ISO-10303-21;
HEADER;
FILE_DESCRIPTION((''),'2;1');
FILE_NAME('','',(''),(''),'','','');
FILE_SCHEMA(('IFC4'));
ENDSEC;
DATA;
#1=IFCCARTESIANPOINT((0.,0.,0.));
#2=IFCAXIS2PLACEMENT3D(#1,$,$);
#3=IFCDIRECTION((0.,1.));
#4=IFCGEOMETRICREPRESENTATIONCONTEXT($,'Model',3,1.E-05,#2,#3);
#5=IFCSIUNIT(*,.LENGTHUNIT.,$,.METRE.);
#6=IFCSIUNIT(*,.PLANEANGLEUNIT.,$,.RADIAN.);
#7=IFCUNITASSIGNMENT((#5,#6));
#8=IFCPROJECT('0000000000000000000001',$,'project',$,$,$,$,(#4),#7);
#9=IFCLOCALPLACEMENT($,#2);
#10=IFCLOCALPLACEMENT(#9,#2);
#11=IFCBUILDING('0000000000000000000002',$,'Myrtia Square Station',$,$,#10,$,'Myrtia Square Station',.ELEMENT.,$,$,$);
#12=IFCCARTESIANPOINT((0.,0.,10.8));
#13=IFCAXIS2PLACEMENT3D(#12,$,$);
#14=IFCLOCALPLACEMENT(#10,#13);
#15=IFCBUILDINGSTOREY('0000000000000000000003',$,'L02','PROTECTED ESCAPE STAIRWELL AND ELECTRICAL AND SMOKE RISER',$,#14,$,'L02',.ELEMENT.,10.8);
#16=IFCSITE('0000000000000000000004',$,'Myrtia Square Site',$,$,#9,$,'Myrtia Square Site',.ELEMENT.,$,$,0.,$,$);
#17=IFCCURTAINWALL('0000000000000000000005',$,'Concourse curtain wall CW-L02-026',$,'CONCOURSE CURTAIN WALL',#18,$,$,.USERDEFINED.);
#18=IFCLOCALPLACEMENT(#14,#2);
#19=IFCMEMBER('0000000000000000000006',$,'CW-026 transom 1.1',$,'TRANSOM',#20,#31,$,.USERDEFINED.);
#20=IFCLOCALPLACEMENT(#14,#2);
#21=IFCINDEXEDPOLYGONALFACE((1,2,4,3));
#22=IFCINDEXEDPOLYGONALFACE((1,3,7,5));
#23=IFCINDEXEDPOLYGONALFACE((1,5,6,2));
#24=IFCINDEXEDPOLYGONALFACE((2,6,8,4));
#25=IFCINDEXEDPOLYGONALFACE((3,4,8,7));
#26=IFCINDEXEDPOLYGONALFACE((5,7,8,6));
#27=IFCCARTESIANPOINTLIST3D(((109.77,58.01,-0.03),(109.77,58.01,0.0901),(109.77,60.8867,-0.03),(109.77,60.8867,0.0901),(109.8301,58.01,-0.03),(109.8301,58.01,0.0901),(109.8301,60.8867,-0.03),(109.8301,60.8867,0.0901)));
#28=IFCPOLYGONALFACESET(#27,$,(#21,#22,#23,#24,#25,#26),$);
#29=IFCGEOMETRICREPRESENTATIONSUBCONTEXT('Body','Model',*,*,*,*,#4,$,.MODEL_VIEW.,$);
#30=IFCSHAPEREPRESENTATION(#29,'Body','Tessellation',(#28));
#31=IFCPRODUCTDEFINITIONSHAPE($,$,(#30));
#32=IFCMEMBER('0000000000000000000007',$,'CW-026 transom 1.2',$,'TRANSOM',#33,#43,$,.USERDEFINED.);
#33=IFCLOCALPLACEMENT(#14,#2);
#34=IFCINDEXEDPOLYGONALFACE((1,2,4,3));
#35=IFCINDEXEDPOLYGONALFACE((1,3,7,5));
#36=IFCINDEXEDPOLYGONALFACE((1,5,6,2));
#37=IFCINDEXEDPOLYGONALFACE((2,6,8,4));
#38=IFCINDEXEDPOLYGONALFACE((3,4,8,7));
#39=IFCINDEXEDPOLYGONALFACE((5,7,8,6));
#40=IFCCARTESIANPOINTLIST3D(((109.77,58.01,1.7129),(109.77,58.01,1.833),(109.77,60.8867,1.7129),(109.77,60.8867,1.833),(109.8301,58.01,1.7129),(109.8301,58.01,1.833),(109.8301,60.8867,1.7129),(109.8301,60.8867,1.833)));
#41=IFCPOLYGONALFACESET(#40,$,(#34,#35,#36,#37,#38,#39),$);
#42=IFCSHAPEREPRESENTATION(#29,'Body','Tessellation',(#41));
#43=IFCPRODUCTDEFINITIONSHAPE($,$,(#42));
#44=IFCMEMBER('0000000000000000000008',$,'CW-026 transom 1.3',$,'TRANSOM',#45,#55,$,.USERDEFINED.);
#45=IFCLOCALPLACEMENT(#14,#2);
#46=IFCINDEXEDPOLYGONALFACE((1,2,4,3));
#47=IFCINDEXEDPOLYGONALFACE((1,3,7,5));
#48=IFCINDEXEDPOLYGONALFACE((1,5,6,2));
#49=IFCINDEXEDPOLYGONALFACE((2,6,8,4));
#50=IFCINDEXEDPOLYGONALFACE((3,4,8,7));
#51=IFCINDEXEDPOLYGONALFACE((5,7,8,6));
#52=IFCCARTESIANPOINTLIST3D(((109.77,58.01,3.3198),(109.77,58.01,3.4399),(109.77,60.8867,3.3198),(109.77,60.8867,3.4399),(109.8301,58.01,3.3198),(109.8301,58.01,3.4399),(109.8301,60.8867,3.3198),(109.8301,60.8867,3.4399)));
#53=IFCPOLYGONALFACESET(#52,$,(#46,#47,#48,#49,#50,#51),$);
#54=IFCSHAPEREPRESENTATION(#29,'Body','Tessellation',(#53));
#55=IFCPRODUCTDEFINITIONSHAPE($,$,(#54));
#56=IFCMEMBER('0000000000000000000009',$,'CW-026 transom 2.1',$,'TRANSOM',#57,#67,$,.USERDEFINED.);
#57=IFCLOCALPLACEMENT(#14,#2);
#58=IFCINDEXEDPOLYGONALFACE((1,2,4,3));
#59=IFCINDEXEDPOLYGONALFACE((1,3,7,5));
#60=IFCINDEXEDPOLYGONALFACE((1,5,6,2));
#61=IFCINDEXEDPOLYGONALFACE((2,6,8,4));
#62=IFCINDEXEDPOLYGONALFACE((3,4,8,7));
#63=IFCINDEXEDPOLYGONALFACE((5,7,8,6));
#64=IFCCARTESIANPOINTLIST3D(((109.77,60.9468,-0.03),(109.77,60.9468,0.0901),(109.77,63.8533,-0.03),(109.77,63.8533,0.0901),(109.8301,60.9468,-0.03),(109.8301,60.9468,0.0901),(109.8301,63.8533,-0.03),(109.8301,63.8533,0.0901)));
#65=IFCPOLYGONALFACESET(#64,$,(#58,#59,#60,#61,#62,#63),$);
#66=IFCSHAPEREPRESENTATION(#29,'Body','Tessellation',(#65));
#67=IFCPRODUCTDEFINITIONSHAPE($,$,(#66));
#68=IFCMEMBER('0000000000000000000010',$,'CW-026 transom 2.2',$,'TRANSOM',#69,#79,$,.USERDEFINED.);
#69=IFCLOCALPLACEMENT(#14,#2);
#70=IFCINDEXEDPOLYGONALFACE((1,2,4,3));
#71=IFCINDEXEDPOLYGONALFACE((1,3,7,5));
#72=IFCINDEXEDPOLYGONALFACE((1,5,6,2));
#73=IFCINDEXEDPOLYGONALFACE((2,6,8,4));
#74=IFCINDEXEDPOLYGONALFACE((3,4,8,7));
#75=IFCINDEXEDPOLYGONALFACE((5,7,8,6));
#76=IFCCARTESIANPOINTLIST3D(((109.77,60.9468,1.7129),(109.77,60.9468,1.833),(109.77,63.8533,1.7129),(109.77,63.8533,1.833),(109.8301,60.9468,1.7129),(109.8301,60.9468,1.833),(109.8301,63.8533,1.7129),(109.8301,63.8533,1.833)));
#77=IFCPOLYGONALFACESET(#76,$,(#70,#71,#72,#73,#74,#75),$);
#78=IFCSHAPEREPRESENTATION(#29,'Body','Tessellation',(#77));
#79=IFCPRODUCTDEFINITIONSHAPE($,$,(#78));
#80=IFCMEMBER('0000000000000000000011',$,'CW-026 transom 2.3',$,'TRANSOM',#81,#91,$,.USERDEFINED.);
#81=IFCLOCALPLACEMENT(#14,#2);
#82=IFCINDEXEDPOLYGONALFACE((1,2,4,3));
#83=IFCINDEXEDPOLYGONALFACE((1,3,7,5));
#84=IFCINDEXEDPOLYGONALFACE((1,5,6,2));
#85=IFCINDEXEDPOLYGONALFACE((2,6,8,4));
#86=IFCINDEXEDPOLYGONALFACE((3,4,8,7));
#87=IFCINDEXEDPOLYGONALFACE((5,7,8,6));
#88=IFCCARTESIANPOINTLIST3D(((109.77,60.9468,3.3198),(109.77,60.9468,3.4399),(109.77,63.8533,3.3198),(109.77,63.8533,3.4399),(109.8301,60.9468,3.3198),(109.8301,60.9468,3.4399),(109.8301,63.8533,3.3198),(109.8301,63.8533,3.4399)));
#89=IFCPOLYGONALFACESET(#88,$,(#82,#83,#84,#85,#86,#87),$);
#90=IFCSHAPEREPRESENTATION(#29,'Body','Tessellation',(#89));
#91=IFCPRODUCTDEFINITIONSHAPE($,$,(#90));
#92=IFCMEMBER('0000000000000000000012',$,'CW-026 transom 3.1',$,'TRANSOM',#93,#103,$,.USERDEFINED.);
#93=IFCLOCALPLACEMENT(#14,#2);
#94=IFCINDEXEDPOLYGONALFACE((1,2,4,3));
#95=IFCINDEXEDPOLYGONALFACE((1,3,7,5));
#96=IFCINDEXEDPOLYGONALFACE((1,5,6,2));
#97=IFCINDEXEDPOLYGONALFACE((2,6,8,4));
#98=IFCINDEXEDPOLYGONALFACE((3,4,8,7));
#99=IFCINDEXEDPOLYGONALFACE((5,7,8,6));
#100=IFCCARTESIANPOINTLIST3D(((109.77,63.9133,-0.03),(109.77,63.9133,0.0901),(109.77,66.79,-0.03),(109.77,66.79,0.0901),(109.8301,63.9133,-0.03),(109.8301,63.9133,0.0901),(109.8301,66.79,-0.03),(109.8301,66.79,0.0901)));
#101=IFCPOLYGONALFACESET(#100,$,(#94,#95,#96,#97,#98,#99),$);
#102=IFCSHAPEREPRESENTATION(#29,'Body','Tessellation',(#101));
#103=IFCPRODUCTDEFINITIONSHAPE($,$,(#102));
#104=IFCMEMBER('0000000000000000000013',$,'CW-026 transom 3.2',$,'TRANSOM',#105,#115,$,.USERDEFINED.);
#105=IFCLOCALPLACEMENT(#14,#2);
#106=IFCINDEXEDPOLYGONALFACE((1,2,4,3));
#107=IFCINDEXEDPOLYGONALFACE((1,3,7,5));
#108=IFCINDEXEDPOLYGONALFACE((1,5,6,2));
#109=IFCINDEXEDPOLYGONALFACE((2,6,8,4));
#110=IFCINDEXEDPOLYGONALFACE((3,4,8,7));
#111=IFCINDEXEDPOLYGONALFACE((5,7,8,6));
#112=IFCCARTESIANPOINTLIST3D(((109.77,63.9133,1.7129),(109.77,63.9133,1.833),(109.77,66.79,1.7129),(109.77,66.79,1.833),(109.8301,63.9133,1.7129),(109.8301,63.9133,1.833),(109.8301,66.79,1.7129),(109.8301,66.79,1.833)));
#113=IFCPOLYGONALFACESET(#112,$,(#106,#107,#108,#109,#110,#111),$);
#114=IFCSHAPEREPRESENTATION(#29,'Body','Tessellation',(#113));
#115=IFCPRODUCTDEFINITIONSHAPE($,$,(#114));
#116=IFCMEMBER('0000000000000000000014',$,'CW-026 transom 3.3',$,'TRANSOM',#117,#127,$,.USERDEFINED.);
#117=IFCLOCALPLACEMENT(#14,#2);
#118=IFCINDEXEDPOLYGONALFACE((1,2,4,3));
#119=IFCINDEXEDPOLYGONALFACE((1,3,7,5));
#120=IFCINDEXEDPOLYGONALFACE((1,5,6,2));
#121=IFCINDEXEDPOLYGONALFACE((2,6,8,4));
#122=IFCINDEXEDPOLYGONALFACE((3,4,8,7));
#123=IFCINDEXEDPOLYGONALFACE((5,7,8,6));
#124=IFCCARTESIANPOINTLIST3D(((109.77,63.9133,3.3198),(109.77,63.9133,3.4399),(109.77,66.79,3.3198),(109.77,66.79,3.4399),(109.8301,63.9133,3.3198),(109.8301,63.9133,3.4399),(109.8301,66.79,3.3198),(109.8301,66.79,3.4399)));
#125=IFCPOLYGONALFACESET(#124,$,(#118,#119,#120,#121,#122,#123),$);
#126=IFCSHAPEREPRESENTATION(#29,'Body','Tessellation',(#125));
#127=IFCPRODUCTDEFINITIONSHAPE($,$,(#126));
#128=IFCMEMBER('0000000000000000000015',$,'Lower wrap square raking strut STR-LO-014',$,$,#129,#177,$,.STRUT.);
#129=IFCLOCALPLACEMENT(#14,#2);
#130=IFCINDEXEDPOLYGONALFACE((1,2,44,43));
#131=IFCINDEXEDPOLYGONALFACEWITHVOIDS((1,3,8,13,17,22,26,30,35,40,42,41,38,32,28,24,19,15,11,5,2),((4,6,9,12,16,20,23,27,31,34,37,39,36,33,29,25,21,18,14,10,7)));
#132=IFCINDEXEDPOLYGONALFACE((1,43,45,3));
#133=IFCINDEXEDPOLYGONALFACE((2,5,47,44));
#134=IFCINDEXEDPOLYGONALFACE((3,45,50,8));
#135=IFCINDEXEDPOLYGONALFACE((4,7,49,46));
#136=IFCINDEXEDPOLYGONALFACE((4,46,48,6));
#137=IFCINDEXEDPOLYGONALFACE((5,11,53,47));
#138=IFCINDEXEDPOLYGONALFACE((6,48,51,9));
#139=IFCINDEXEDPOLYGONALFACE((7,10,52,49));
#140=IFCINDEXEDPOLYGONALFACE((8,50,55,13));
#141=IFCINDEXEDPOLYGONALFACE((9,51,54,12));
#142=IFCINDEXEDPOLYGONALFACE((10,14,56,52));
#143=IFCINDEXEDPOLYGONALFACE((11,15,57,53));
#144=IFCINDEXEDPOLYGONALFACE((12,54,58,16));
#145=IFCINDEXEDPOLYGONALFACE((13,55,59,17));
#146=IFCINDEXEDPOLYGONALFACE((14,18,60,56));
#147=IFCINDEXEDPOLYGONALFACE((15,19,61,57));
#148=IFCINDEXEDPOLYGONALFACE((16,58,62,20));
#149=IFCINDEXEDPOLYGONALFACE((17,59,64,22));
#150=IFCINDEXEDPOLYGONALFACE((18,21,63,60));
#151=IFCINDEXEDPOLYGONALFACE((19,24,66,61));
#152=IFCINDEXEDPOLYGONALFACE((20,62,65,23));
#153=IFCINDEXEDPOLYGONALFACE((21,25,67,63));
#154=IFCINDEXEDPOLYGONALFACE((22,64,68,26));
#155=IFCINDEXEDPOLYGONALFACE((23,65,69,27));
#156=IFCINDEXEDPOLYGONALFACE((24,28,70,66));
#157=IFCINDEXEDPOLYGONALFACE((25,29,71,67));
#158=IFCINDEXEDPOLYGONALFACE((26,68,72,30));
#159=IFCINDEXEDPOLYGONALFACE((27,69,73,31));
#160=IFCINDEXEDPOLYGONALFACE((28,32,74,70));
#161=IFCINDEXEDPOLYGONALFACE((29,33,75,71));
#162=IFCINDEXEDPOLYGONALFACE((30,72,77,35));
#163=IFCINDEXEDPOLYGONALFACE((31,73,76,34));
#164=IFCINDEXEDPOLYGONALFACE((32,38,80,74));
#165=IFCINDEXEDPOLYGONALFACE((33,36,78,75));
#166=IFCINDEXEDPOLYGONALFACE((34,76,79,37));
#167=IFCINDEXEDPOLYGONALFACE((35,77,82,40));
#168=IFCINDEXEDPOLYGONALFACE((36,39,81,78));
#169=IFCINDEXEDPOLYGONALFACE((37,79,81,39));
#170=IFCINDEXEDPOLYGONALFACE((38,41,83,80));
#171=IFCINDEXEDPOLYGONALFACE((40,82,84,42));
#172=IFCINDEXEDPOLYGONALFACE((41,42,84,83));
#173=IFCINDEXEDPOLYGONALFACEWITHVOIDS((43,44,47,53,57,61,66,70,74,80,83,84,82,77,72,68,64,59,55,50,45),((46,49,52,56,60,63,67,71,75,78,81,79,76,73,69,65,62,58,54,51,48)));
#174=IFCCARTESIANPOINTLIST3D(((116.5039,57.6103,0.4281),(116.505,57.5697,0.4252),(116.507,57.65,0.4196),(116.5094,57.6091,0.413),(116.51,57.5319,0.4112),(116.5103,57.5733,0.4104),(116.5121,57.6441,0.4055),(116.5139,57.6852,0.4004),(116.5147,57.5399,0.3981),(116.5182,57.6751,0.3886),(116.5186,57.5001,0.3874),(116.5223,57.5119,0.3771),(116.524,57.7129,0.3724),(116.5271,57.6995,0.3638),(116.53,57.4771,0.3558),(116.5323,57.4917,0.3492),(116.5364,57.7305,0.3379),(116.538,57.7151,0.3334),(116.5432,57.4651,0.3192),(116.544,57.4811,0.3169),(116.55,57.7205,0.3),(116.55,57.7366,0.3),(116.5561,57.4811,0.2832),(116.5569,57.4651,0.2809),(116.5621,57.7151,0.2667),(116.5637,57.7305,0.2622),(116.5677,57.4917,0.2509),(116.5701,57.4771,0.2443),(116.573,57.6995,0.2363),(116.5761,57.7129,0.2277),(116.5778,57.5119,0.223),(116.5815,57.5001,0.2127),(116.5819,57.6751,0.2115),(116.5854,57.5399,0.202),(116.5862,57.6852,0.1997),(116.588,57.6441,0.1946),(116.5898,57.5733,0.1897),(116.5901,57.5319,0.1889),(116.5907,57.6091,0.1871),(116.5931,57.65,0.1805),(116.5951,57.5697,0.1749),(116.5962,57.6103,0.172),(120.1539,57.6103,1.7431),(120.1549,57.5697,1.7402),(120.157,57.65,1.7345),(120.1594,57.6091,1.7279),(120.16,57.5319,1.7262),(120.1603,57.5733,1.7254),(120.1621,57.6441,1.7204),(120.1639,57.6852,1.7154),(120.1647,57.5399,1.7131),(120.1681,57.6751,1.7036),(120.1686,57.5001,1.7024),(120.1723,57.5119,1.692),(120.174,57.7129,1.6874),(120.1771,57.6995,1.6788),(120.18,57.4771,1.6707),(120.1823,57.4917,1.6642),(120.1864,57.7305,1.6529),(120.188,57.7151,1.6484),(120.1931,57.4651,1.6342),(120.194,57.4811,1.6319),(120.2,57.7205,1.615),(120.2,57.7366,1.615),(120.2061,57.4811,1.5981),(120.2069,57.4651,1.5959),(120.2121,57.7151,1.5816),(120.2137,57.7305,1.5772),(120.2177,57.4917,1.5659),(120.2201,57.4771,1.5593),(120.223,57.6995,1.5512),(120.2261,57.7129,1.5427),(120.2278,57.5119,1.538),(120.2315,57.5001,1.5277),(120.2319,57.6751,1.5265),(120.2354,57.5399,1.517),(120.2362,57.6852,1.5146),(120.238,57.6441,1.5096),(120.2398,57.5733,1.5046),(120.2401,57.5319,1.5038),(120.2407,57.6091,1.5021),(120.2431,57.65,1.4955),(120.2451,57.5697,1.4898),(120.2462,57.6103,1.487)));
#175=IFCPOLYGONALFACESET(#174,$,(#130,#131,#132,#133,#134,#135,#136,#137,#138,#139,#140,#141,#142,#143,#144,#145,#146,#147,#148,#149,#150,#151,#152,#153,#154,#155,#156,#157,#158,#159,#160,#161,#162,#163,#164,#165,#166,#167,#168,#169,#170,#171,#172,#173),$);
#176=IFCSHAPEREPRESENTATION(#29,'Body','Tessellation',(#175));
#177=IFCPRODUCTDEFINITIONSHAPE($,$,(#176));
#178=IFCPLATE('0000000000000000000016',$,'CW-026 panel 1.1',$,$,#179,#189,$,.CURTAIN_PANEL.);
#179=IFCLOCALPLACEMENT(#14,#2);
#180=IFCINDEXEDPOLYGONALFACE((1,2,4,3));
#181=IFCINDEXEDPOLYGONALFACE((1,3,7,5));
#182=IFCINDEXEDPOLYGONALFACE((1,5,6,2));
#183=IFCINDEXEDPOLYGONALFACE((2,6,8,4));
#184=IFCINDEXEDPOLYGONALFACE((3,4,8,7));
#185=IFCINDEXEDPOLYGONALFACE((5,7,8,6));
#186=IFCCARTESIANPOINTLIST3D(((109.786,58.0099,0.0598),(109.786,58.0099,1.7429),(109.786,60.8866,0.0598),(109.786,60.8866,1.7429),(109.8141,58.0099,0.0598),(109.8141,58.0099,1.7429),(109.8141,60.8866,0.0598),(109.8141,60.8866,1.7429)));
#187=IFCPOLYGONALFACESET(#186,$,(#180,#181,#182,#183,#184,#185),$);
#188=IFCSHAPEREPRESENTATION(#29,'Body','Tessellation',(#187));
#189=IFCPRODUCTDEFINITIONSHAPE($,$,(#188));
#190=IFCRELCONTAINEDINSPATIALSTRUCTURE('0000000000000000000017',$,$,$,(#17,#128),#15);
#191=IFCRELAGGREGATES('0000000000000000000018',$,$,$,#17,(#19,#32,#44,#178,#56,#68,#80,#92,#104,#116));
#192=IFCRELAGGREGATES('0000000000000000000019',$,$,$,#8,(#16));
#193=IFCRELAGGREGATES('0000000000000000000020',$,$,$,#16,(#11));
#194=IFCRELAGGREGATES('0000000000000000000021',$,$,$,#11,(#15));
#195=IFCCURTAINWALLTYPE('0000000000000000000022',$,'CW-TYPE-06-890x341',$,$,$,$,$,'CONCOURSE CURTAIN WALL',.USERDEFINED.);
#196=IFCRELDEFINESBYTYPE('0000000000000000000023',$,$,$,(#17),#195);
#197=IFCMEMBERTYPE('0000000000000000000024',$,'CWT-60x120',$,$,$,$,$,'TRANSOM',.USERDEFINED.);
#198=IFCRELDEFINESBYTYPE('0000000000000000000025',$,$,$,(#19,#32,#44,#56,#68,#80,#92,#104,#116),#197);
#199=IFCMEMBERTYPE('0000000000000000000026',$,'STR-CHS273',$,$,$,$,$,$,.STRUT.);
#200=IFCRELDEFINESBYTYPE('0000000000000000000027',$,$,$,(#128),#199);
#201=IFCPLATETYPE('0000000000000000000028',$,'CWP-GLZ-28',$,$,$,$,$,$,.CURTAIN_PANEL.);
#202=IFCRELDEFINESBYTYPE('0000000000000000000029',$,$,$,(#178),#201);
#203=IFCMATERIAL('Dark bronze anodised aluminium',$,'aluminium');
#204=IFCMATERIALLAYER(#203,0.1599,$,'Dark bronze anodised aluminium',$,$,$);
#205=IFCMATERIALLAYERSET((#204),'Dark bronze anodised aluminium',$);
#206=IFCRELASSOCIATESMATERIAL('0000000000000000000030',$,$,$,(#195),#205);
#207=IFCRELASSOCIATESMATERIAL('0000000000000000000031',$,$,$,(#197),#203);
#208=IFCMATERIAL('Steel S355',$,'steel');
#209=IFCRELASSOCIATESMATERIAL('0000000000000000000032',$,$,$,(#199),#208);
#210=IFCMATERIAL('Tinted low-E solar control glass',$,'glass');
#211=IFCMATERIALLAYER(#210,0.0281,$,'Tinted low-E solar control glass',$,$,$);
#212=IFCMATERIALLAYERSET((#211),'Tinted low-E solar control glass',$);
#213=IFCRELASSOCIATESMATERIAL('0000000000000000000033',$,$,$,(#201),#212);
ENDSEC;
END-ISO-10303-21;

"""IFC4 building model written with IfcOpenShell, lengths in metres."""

from ifc_helpers import new_model, si_unit, direction, frame, origin, origin_2d, place, context, subcontext, project, spatial, rectangle, hollow_circle, extrude, material, layer, layer_set, material_profile, profile_set, type_object, element, aggregate, save


model = new_model("IFC4")

# Units and contexts
model_context = context("Model", 3, precision=1e-05, world=origin(), true_north=direction((0.0, 1.0)))
body_context = subcontext(model_context, "Body", "Model", "MODEL_VIEW")
ifc_project = project(units=[si_unit("LENGTHUNIT", "METRE"), si_unit("PLANEANGLEUNIT", "RADIAN")], contexts=[model_context])

# Site, building, storey
site_placement = place(None, origin())
site = spatial("IfcSite", under=ifc_project, at=site_placement, Name="Myrtia Square Site", LongName="Myrtia Square Site", CompositionType="ELEMENT", RefElevation=0.0)
building_placement = place(site_placement, origin())
building = spatial("IfcBuilding", under=site, at=building_placement, Name="Myrtia Square Station", LongName="Myrtia Square Station", CompositionType="ELEMENT")
storey_placement = place(building_placement, frame((0.0, 0.0, 10.8)))
storey = spatial("IfcBuildingStorey", under=building, at=storey_placement, Name="L02", Description="PROTECTED ESCAPE STAIRWELL AND ELECTRICAL AND SMOKE RISER", LongName="L02", CompositionType="ELEMENT", Elevation=10.8)

# Shared definitions
ifc_material_1 = material(Name="Steel S355", Category="steel")

# Curtain wall, members
ifc_material_2 = material(Name="Dark bronze anodised aluminium", Category="aluminium")
ifc_layer_1 = layer(ifc_material_2, 0.1599, Name="Dark bronze anodised aluminium")
ifc_layer_set_1 = layer_set([ifc_layer_1], Name="Dark bronze anodised aluminium")
curtain_wall_type = type_object("IfcCurtainWallType", Name="CW-TYPE-06-890x341", ElementType="CONCOURSE CURTAIN WALL", PredefinedType="USERDEFINED", material=ifc_layer_set_1)
curtain_wall_placement = place(storey_placement, origin())
curtain_wall = element("IfcCurtainWall", 1, at=curtain_wall_placement, inside=storey, type_object=curtain_wall_type, Name="Concourse curtain wall CW-L02-026", ObjectType="CONCOURSE CURTAIN WALL", PredefinedType="USERDEFINED")
ifc_material_profile_1 = material_profile(ifc_material_2, rectangle(XDim=0.0601, YDim=0.1201, at=origin_2d()), Name="ALU-T 60x120")
ifc_profile_set_1 = profile_set([ifc_material_profile_1], Name="Dark bronze anodised aluminium")
member_type_1 = type_object("IfcMemberType", Name="CWT-60x120", ElementType="TRANSOM", PredefinedType="USERDEFINED", material=ifc_profile_set_1)
member_1_placement = place(storey_placement, frame((109.8, 58.01, 0.03), z_axis=(0.0, 1.0, 0.0), x_axis=(-1.0, 0.0, 0.0)))
member_1 = element("IfcMember", 2, at=member_1_placement, type_object=member_type_1, Name="CW-026 transom 1.1", ObjectType="TRANSOM", PredefinedType="USERDEFINED", context=body_context, shape_type="SweptSolid", body=[
    extrude(rectangle(XDim=0.0601, YDim=0.1201, at=origin_2d()), origin(), (0.0, 0.0, 1.0), 2.8767),
])
member_2_placement = place(storey_placement, frame((109.8, 58.01, 1.7729), z_axis=(0.0, 1.0, 0.0), x_axis=(-1.0, 0.0, 0.0)))
member_2 = element("IfcMember", 3, at=member_2_placement, type_object=member_type_1, Name="CW-026 transom 1.2", ObjectType="TRANSOM", PredefinedType="USERDEFINED", context=body_context, shape_type="SweptSolid", body=[
    extrude(rectangle(XDim=0.0601, YDim=0.1201, at=origin_2d()), origin(), (0.0, 0.0, 1.0), 2.8767),
])
member_3_placement = place(storey_placement, frame((109.8, 58.01, 3.3799), z_axis=(0.0, 1.0, 0.0), x_axis=(-1.0, 0.0, 0.0)))
member_3 = element("IfcMember", 4, at=member_3_placement, type_object=member_type_1, Name="CW-026 transom 1.3", ObjectType="TRANSOM", PredefinedType="USERDEFINED", context=body_context, shape_type="SweptSolid", body=[
    extrude(rectangle(XDim=0.0601, YDim=0.1201, at=origin_2d()), origin(), (0.0, 0.0, 1.0), 2.8767),
])
member_4_placement = place(storey_placement, frame((109.8, 60.9468, 0.03), z_axis=(0.0, 1.0, 0.0), x_axis=(-1.0, 0.0, 0.0)))
member_4 = element("IfcMember", 5, at=member_4_placement, type_object=member_type_1, Name="CW-026 transom 2.1", ObjectType="TRANSOM", PredefinedType="USERDEFINED", context=body_context, shape_type="SweptSolid", body=[
    extrude(rectangle(XDim=0.0601, YDim=0.1201, at=origin_2d()), origin(), (0.0, 0.0, 1.0), 2.9065),
])
member_5_placement = place(storey_placement, frame((109.8, 60.9468, 1.7729), z_axis=(0.0, 1.0, 0.0), x_axis=(-1.0, 0.0, 0.0)))
member_5 = element("IfcMember", 6, at=member_5_placement, type_object=member_type_1, Name="CW-026 transom 2.2", ObjectType="TRANSOM", PredefinedType="USERDEFINED", context=body_context, shape_type="SweptSolid", body=[
    extrude(rectangle(XDim=0.0601, YDim=0.1201, at=origin_2d()), origin(), (0.0, 0.0, 1.0), 2.9065),
])
member_6_placement = place(storey_placement, frame((109.8, 60.9468, 3.3799), z_axis=(0.0, 1.0, 0.0), x_axis=(-1.0, 0.0, 0.0)))
member_6 = element("IfcMember", 7, at=member_6_placement, type_object=member_type_1, Name="CW-026 transom 2.3", ObjectType="TRANSOM", PredefinedType="USERDEFINED", context=body_context, shape_type="SweptSolid", body=[
    extrude(rectangle(XDim=0.0601, YDim=0.1201, at=origin_2d()), origin(), (0.0, 0.0, 1.0), 2.9065),
])
member_7_placement = place(storey_placement, frame((109.8, 63.9133, 0.03), z_axis=(0.0, 1.0, 0.0), x_axis=(-1.0, 0.0, 0.0)))
member_7 = element("IfcMember", 8, at=member_7_placement, type_object=member_type_1, Name="CW-026 transom 3.1", ObjectType="TRANSOM", PredefinedType="USERDEFINED", context=body_context, shape_type="SweptSolid", body=[
    extrude(rectangle(XDim=0.0601, YDim=0.1201, at=origin_2d()), origin(), (0.0, 0.0, 1.0), 2.8767),
])
member_8_placement = place(storey_placement, frame((109.8, 63.9133, 1.7729), z_axis=(0.0, 1.0, 0.0), x_axis=(-1.0, 0.0, 0.0)))
member_8 = element("IfcMember", 9, at=member_8_placement, type_object=member_type_1, Name="CW-026 transom 3.2", ObjectType="TRANSOM", PredefinedType="USERDEFINED", context=body_context, shape_type="SweptSolid", body=[
    extrude(rectangle(XDim=0.0601, YDim=0.1201, at=origin_2d()), origin(), (0.0, 0.0, 1.0), 2.8767),
])
member_9_placement = place(storey_placement, frame((109.8, 63.9133, 3.3799), z_axis=(0.0, 1.0, 0.0), x_axis=(-1.0, 0.0, 0.0)))
member_9 = element("IfcMember", 10, at=member_9_placement, type_object=member_type_1, Name="CW-026 transom 3.3", ObjectType="TRANSOM", PredefinedType="USERDEFINED", context=body_context, shape_type="SweptSolid", body=[
    extrude(rectangle(XDim=0.0601, YDim=0.1201, at=origin_2d()), origin(), (0.0, 0.0, 1.0), 2.8767),
])

# Member
ifc_material_profile_2 = material_profile(ifc_material_1, hollow_circle(Radius=0.1365, WallThickness=0.0161, at=origin_2d()), Name="CHS 273x16")
ifc_profile_set_2 = profile_set([ifc_material_profile_2], Name="Steel S355")
member_type_2 = type_object("IfcMemberType", Name="STR-CHS273", PredefinedType="STRUT", material=ifc_profile_set_2)
member_10_placement = place(storey_placement, frame((116.55, 57.6001, 0.3), z_axis=(0.940807, 0.0, 0.338942), x_axis=(0.0, 1.0, 0.0)))
element("IfcMember", 11, at=member_10_placement, inside=storey, type_object=member_type_2, Name="Lower wrap square raking strut STR-LO-014", PredefinedType="STRUT", context=body_context, shape_type="SweptSolid", body=[
    extrude(hollow_circle(Radius=0.1365, WallThickness=0.0161, at=origin_2d()), origin(), (0.0, 0.0, 1.0), 3.8796),
])

# Plate
ifc_material_3 = material(Name="Tinted low-E solar control glass", Category="glass")
ifc_layer_2 = layer(ifc_material_3, 0.0281, Name="Tinted low-E solar control glass")
ifc_layer_set_2 = layer_set([ifc_layer_2], Name="Tinted low-E solar control glass")
plate_type_1 = type_object("IfcPlateType", Name="CWP-GLZ-28", PredefinedType="CURTAIN_PANEL", material=ifc_layer_set_2)
plate_1_placement = place(storey_placement, frame((109.8, 59.4482, 0.0598), z_axis=(0.0, 0.0, 1.0), x_axis=(0.0, 1.0, 0.0)))
plate_1 = element("IfcPlate", 12, at=plate_1_placement, type_object=plate_type_1, Name="CW-026 panel 1.1", PredefinedType="CURTAIN_PANEL", context=body_context, shape_type="SweptSolid", body=[
    extrude(rectangle(XDim=2.8767, YDim=0.0281, at=origin_2d()), origin(), (0.0, 0.0, 1.0), 1.6831),
])
aggregate(curtain_wall, [member_1, member_2, member_3, plate_1, member_4, member_5, member_6, member_7, member_8, member_9])

save(model, "model.ifc")
